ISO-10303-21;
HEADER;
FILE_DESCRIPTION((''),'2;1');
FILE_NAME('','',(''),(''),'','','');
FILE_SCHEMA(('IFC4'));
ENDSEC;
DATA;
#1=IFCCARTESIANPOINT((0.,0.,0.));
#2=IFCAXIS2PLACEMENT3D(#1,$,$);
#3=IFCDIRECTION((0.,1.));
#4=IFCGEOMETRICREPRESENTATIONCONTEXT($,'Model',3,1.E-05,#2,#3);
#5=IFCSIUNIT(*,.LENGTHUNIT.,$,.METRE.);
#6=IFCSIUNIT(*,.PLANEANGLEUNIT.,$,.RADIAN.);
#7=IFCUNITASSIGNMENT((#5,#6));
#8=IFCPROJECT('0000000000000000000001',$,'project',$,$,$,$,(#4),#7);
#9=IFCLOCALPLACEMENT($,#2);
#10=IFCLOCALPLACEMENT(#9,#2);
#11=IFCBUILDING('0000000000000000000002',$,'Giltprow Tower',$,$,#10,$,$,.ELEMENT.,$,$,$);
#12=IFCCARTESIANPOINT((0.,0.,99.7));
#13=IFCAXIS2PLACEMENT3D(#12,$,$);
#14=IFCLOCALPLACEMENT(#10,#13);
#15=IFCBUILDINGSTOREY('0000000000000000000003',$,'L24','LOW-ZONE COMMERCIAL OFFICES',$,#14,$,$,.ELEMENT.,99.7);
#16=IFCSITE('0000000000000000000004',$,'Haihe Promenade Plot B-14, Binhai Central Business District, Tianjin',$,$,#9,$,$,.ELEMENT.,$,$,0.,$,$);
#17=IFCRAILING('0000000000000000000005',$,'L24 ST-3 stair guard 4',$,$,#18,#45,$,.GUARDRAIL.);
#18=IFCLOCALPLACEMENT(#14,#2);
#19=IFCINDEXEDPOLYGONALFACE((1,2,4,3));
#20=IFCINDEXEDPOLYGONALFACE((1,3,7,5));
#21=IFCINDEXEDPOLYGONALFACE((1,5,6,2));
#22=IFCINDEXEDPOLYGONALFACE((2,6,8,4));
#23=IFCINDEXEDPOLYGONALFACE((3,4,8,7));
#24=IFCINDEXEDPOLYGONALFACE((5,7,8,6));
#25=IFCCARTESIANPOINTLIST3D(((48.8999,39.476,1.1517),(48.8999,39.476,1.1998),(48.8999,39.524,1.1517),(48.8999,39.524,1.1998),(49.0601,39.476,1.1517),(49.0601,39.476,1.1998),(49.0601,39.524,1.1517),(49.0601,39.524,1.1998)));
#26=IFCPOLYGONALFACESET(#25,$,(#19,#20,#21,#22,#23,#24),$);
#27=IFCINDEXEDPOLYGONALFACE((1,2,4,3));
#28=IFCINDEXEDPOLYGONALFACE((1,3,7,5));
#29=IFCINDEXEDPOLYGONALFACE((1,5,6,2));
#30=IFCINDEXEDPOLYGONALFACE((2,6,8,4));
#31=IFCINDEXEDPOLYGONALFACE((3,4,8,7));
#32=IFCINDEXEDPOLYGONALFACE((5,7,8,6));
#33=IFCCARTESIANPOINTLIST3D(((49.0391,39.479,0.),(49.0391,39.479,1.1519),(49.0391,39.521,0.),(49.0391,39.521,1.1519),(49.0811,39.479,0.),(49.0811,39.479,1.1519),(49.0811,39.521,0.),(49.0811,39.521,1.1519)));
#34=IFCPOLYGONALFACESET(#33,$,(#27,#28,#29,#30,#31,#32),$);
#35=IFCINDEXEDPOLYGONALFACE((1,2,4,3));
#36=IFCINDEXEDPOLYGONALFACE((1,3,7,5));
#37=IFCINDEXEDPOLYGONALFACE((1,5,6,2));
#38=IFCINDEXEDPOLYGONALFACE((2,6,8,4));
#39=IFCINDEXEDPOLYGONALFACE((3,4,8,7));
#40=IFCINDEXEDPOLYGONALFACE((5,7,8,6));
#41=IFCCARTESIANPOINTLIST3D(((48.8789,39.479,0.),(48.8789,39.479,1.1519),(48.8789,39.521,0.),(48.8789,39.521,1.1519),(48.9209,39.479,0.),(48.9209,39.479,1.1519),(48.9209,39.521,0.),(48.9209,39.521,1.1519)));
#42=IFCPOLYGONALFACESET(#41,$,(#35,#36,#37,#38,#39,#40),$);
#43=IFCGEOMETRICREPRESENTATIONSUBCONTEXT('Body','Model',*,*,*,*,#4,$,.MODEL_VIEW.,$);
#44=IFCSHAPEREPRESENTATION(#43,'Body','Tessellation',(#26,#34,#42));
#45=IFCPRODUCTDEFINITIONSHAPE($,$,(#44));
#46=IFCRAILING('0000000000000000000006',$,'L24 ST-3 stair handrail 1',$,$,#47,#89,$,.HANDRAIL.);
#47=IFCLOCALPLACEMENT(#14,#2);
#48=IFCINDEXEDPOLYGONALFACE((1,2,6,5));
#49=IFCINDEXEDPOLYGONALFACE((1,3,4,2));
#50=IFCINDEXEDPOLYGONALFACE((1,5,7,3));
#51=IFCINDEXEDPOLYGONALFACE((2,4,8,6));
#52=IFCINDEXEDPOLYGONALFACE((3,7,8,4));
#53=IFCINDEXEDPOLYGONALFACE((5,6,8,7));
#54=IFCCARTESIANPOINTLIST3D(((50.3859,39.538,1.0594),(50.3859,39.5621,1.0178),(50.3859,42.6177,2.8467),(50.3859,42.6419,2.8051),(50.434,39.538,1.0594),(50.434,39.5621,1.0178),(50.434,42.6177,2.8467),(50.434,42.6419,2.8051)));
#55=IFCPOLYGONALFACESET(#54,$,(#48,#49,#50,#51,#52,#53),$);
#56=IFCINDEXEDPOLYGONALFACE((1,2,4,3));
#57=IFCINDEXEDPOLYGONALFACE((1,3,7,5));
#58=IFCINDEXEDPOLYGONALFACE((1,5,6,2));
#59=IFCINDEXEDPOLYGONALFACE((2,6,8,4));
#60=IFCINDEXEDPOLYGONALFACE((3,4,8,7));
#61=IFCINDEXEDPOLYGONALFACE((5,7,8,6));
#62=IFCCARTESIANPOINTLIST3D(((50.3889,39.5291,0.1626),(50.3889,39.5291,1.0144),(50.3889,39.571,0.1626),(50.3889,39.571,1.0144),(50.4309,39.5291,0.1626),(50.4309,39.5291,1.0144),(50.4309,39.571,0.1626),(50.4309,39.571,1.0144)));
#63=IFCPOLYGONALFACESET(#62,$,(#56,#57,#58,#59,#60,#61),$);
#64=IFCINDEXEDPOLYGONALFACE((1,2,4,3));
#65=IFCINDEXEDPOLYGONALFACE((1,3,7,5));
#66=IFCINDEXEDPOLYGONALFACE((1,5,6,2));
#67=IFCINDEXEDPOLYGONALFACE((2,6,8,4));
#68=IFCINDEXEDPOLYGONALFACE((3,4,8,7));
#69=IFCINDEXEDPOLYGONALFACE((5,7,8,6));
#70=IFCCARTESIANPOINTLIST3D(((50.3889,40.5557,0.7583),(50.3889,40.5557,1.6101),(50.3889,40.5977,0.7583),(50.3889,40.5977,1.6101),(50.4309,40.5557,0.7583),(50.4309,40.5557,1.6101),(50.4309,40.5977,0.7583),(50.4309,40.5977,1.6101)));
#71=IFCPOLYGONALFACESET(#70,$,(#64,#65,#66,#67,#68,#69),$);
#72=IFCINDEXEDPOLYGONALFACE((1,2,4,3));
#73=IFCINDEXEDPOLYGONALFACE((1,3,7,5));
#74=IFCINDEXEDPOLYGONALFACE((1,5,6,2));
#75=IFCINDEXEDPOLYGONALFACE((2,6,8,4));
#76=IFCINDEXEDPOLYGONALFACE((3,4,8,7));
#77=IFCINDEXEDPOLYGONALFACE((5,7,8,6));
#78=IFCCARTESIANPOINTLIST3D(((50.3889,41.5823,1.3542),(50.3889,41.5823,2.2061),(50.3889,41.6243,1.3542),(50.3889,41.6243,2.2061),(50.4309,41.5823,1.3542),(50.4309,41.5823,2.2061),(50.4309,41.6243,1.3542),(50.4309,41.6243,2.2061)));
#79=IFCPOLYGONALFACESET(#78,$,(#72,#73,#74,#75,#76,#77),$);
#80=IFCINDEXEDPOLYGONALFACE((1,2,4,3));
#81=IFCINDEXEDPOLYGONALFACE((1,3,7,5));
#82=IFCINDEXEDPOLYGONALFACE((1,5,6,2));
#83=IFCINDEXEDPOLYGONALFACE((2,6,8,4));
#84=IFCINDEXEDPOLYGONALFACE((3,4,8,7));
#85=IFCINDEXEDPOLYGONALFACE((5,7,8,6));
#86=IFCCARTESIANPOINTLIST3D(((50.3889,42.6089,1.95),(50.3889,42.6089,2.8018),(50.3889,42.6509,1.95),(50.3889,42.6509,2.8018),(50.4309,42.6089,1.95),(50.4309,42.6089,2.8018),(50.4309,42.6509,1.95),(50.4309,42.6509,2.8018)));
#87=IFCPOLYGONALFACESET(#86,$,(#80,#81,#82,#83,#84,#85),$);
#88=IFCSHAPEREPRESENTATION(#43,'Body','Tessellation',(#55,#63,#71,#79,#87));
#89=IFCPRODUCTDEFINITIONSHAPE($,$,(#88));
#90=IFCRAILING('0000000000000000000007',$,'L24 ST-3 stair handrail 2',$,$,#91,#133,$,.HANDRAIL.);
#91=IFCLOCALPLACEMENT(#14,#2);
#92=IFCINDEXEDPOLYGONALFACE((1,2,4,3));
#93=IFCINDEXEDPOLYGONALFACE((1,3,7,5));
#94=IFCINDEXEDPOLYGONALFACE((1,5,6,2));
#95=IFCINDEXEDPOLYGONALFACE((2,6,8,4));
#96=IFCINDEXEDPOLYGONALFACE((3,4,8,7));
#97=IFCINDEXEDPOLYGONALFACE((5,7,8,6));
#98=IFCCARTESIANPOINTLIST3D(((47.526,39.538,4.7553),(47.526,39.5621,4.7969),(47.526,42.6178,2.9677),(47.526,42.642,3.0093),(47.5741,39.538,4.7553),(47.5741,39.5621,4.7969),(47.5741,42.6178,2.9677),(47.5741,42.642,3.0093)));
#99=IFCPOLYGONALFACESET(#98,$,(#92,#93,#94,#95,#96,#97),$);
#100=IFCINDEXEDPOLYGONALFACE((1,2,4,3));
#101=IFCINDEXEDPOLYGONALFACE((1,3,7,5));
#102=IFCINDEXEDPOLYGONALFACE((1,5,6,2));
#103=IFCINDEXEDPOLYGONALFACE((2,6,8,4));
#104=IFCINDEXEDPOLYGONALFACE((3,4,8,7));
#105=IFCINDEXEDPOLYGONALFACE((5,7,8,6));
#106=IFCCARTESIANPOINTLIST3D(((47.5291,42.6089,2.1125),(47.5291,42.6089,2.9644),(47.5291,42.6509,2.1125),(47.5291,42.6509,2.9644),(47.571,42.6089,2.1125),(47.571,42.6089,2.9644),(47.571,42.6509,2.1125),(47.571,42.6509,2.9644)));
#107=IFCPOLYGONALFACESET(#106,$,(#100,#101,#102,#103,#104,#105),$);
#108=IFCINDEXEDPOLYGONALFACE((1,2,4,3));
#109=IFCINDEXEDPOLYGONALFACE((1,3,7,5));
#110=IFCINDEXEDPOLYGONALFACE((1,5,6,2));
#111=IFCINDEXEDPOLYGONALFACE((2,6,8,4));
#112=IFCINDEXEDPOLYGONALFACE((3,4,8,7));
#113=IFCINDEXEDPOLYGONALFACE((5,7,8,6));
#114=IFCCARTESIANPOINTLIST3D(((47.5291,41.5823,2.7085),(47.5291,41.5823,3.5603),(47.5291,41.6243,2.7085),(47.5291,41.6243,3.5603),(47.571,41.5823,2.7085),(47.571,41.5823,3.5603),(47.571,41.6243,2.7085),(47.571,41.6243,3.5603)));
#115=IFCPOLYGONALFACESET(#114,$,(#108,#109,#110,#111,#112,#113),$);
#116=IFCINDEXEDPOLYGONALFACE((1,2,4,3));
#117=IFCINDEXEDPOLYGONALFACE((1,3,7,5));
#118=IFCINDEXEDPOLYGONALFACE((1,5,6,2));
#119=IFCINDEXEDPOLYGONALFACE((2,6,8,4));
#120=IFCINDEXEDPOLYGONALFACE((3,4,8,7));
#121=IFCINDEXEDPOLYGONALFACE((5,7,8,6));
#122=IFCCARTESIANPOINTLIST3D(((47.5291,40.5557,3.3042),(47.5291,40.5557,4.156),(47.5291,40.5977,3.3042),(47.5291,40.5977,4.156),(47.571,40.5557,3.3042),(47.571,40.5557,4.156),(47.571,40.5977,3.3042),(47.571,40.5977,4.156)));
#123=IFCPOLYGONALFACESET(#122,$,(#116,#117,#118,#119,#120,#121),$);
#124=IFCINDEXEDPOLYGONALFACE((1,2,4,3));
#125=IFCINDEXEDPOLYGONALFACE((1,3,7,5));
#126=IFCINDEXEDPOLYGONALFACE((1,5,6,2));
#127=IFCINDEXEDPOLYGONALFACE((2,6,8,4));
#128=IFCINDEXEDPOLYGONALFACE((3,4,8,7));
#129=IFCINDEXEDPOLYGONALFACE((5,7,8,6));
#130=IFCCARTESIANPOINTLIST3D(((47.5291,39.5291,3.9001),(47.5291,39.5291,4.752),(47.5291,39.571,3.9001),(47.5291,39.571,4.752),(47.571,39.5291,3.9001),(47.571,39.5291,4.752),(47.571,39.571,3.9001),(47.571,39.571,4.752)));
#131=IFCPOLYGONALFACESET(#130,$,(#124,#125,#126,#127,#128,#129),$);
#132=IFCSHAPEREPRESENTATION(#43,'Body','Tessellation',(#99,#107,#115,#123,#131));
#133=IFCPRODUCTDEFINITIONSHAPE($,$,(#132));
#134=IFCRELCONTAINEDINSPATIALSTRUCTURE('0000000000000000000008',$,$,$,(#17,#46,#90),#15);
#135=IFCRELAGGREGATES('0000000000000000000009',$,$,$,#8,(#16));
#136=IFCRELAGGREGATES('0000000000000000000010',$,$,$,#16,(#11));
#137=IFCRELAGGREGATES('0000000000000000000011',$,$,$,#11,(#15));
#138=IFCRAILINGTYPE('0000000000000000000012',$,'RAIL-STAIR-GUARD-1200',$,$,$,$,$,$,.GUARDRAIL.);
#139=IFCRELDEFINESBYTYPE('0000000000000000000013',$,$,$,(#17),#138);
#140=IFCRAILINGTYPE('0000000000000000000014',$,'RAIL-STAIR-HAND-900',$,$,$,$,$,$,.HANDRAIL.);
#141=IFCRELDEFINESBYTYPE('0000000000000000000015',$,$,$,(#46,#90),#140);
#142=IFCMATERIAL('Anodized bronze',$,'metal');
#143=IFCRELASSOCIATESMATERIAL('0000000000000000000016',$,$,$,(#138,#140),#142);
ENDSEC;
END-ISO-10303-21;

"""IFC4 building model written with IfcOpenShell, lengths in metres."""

from ifc_helpers import new_model, si_unit, direction, frame, origin, origin_2d, place, context, subcontext, project, spatial, rectangle, extrude, material, type_object, element, save


model = new_model("IFC4")

# Units and contexts
model_context = context("Model", 3, precision=1e-05, world=origin(), true_north=direction((0.0, 1.0)))
body_context = subcontext(model_context, "Body", "Model", "MODEL_VIEW")
ifc_project = project(units=[si_unit("LENGTHUNIT", "METRE"), si_unit("PLANEANGLEUNIT", "RADIAN")], contexts=[model_context])

# Site, building, storey
site_placement = place(None, origin())
site = spatial("IfcSite", under=ifc_project, at=site_placement, Name="Haihe Promenade Plot B-14, Binhai Central Business District, Tianjin", CompositionType="ELEMENT", RefElevation=0.0)
building_placement = place(site_placement, origin())
building = spatial("IfcBuilding", under=site, at=building_placement, Name="Giltprow Tower", CompositionType="ELEMENT")
storey_placement = place(building_placement, frame((0.0, 0.0, 99.7)))
storey = spatial("IfcBuildingStorey", under=building, at=storey_placement, Name="L24", Description="LOW-ZONE COMMERCIAL OFFICES", CompositionType="ELEMENT", Elevation=99.7)

# Railings
ifc_material_1 = material(Name="Anodized bronze", Category="metal")
railing_type_1 = type_object("IfcRailingType", Name="RAIL-STAIR-GUARD-1200", PredefinedType="GUARDRAIL", material=ifc_material_1)
railing_1_placement = place(storey_placement, frame((49.0601, 39.5, 0.0)))
element("IfcRailing", 1, at=railing_1_placement, inside=storey, type_object=railing_type_1, Name="L24 ST-3 stair guard 4", PredefinedType="GUARDRAIL", context=body_context, shape_type="SweptSolid", body=[
    extrude(rectangle(XDim=0.0481, YDim=0.0481, at=origin_2d()), frame((0.0, 0.0, 1.1758), z_axis=(-1.0, 0.0, 0.0), x_axis=(0.0, -1.0, 0.0)), (0.0, 0.0, 1.0), 0.1602),
    extrude(rectangle(XDim=0.042, YDim=0.042, at=origin_2d()), origin(), (0.0, 0.0, 1.0), 1.1519),
    extrude(rectangle(XDim=0.042, YDim=0.042, at=origin_2d()), frame((-0.1602, 0.0, 0.0)), (0.0, 0.0, 1.0), 1.1519),
])
railing_type_2 = type_object("IfcRailingType", Name="RAIL-STAIR-HAND-900", PredefinedType="HANDRAIL", material=ifc_material_1)
railing_2_placement = place(storey_placement, frame((50.4099, 39.55, 0.1626)))
element("IfcRailing", 2, at=railing_2_placement, inside=storey, type_object=railing_type_2, Name="L24 ST-3 stair handrail 1", PredefinedType="HANDRAIL", context=body_context, shape_type="SweptSolid", body=[
    extrude(rectangle(XDim=0.0481, YDim=0.0481, at=origin_2d()), frame((0.0, 0.0, 0.876), z_axis=(0.0, 0.864903, 0.501939), x_axis=(-1.0, 0.0, 0.0)), (0.0, 0.0, 1.0), 3.5608),
    extrude(rectangle(XDim=0.042, YDim=0.042, at=origin_2d()), origin(), (0.0, 0.0, 1.0), 0.8518),
    extrude(rectangle(XDim=0.042, YDim=0.042, at=origin_2d()), frame((0.0, 1.0266, 0.5957)), (0.0, 0.0, 1.0), 0.8518),
    extrude(rectangle(XDim=0.042, YDim=0.042, at=origin_2d()), frame((0.0, 2.0532, 1.1917)), (0.0, 0.0, 1.0), 0.8518),
    extrude(rectangle(XDim=0.042, YDim=0.042, at=origin_2d()), frame((0.0, 3.0798, 1.7874)), (0.0, 0.0, 1.0), 0.8518),
])
railing_3_placement = place(storey_placement, frame((47.55, 42.6299, 2.1125)))
element("IfcRailing", 3, at=railing_3_placement, inside=storey, type_object=railing_type_2, Name="L24 ST-3 stair handrail 2", PredefinedType="HANDRAIL", context=body_context, shape_type="SweptSolid", body=[
    extrude(rectangle(XDim=0.0481, YDim=0.0481, at=origin_2d()), frame((0.0, 0.0, 0.876), z_axis=(0.0, -0.864873, 0.50199), x_axis=(1.0, 0.0, 0.0)), (0.0, 0.0, 1.0), 3.561),
    extrude(rectangle(XDim=0.042, YDim=0.042, at=origin_2d()), origin(), (0.0, 0.0, 1.0), 0.8518),
    extrude(rectangle(XDim=0.042, YDim=0.042, at=origin_2d()), frame((0.0, -1.0266, 0.5959)), (0.0, 0.0, 1.0), 0.8518),
    extrude(rectangle(XDim=0.042, YDim=0.042, at=origin_2d()), frame((0.0, -2.0532, 1.1917)), (0.0, 0.0, 1.0), 0.8518),
    extrude(rectangle(XDim=0.042, YDim=0.042, at=origin_2d()), frame((0.0, -3.0798, 1.7876)), (0.0, 0.0, 1.0), 0.8518),
])

save(model, "model.ifc")
